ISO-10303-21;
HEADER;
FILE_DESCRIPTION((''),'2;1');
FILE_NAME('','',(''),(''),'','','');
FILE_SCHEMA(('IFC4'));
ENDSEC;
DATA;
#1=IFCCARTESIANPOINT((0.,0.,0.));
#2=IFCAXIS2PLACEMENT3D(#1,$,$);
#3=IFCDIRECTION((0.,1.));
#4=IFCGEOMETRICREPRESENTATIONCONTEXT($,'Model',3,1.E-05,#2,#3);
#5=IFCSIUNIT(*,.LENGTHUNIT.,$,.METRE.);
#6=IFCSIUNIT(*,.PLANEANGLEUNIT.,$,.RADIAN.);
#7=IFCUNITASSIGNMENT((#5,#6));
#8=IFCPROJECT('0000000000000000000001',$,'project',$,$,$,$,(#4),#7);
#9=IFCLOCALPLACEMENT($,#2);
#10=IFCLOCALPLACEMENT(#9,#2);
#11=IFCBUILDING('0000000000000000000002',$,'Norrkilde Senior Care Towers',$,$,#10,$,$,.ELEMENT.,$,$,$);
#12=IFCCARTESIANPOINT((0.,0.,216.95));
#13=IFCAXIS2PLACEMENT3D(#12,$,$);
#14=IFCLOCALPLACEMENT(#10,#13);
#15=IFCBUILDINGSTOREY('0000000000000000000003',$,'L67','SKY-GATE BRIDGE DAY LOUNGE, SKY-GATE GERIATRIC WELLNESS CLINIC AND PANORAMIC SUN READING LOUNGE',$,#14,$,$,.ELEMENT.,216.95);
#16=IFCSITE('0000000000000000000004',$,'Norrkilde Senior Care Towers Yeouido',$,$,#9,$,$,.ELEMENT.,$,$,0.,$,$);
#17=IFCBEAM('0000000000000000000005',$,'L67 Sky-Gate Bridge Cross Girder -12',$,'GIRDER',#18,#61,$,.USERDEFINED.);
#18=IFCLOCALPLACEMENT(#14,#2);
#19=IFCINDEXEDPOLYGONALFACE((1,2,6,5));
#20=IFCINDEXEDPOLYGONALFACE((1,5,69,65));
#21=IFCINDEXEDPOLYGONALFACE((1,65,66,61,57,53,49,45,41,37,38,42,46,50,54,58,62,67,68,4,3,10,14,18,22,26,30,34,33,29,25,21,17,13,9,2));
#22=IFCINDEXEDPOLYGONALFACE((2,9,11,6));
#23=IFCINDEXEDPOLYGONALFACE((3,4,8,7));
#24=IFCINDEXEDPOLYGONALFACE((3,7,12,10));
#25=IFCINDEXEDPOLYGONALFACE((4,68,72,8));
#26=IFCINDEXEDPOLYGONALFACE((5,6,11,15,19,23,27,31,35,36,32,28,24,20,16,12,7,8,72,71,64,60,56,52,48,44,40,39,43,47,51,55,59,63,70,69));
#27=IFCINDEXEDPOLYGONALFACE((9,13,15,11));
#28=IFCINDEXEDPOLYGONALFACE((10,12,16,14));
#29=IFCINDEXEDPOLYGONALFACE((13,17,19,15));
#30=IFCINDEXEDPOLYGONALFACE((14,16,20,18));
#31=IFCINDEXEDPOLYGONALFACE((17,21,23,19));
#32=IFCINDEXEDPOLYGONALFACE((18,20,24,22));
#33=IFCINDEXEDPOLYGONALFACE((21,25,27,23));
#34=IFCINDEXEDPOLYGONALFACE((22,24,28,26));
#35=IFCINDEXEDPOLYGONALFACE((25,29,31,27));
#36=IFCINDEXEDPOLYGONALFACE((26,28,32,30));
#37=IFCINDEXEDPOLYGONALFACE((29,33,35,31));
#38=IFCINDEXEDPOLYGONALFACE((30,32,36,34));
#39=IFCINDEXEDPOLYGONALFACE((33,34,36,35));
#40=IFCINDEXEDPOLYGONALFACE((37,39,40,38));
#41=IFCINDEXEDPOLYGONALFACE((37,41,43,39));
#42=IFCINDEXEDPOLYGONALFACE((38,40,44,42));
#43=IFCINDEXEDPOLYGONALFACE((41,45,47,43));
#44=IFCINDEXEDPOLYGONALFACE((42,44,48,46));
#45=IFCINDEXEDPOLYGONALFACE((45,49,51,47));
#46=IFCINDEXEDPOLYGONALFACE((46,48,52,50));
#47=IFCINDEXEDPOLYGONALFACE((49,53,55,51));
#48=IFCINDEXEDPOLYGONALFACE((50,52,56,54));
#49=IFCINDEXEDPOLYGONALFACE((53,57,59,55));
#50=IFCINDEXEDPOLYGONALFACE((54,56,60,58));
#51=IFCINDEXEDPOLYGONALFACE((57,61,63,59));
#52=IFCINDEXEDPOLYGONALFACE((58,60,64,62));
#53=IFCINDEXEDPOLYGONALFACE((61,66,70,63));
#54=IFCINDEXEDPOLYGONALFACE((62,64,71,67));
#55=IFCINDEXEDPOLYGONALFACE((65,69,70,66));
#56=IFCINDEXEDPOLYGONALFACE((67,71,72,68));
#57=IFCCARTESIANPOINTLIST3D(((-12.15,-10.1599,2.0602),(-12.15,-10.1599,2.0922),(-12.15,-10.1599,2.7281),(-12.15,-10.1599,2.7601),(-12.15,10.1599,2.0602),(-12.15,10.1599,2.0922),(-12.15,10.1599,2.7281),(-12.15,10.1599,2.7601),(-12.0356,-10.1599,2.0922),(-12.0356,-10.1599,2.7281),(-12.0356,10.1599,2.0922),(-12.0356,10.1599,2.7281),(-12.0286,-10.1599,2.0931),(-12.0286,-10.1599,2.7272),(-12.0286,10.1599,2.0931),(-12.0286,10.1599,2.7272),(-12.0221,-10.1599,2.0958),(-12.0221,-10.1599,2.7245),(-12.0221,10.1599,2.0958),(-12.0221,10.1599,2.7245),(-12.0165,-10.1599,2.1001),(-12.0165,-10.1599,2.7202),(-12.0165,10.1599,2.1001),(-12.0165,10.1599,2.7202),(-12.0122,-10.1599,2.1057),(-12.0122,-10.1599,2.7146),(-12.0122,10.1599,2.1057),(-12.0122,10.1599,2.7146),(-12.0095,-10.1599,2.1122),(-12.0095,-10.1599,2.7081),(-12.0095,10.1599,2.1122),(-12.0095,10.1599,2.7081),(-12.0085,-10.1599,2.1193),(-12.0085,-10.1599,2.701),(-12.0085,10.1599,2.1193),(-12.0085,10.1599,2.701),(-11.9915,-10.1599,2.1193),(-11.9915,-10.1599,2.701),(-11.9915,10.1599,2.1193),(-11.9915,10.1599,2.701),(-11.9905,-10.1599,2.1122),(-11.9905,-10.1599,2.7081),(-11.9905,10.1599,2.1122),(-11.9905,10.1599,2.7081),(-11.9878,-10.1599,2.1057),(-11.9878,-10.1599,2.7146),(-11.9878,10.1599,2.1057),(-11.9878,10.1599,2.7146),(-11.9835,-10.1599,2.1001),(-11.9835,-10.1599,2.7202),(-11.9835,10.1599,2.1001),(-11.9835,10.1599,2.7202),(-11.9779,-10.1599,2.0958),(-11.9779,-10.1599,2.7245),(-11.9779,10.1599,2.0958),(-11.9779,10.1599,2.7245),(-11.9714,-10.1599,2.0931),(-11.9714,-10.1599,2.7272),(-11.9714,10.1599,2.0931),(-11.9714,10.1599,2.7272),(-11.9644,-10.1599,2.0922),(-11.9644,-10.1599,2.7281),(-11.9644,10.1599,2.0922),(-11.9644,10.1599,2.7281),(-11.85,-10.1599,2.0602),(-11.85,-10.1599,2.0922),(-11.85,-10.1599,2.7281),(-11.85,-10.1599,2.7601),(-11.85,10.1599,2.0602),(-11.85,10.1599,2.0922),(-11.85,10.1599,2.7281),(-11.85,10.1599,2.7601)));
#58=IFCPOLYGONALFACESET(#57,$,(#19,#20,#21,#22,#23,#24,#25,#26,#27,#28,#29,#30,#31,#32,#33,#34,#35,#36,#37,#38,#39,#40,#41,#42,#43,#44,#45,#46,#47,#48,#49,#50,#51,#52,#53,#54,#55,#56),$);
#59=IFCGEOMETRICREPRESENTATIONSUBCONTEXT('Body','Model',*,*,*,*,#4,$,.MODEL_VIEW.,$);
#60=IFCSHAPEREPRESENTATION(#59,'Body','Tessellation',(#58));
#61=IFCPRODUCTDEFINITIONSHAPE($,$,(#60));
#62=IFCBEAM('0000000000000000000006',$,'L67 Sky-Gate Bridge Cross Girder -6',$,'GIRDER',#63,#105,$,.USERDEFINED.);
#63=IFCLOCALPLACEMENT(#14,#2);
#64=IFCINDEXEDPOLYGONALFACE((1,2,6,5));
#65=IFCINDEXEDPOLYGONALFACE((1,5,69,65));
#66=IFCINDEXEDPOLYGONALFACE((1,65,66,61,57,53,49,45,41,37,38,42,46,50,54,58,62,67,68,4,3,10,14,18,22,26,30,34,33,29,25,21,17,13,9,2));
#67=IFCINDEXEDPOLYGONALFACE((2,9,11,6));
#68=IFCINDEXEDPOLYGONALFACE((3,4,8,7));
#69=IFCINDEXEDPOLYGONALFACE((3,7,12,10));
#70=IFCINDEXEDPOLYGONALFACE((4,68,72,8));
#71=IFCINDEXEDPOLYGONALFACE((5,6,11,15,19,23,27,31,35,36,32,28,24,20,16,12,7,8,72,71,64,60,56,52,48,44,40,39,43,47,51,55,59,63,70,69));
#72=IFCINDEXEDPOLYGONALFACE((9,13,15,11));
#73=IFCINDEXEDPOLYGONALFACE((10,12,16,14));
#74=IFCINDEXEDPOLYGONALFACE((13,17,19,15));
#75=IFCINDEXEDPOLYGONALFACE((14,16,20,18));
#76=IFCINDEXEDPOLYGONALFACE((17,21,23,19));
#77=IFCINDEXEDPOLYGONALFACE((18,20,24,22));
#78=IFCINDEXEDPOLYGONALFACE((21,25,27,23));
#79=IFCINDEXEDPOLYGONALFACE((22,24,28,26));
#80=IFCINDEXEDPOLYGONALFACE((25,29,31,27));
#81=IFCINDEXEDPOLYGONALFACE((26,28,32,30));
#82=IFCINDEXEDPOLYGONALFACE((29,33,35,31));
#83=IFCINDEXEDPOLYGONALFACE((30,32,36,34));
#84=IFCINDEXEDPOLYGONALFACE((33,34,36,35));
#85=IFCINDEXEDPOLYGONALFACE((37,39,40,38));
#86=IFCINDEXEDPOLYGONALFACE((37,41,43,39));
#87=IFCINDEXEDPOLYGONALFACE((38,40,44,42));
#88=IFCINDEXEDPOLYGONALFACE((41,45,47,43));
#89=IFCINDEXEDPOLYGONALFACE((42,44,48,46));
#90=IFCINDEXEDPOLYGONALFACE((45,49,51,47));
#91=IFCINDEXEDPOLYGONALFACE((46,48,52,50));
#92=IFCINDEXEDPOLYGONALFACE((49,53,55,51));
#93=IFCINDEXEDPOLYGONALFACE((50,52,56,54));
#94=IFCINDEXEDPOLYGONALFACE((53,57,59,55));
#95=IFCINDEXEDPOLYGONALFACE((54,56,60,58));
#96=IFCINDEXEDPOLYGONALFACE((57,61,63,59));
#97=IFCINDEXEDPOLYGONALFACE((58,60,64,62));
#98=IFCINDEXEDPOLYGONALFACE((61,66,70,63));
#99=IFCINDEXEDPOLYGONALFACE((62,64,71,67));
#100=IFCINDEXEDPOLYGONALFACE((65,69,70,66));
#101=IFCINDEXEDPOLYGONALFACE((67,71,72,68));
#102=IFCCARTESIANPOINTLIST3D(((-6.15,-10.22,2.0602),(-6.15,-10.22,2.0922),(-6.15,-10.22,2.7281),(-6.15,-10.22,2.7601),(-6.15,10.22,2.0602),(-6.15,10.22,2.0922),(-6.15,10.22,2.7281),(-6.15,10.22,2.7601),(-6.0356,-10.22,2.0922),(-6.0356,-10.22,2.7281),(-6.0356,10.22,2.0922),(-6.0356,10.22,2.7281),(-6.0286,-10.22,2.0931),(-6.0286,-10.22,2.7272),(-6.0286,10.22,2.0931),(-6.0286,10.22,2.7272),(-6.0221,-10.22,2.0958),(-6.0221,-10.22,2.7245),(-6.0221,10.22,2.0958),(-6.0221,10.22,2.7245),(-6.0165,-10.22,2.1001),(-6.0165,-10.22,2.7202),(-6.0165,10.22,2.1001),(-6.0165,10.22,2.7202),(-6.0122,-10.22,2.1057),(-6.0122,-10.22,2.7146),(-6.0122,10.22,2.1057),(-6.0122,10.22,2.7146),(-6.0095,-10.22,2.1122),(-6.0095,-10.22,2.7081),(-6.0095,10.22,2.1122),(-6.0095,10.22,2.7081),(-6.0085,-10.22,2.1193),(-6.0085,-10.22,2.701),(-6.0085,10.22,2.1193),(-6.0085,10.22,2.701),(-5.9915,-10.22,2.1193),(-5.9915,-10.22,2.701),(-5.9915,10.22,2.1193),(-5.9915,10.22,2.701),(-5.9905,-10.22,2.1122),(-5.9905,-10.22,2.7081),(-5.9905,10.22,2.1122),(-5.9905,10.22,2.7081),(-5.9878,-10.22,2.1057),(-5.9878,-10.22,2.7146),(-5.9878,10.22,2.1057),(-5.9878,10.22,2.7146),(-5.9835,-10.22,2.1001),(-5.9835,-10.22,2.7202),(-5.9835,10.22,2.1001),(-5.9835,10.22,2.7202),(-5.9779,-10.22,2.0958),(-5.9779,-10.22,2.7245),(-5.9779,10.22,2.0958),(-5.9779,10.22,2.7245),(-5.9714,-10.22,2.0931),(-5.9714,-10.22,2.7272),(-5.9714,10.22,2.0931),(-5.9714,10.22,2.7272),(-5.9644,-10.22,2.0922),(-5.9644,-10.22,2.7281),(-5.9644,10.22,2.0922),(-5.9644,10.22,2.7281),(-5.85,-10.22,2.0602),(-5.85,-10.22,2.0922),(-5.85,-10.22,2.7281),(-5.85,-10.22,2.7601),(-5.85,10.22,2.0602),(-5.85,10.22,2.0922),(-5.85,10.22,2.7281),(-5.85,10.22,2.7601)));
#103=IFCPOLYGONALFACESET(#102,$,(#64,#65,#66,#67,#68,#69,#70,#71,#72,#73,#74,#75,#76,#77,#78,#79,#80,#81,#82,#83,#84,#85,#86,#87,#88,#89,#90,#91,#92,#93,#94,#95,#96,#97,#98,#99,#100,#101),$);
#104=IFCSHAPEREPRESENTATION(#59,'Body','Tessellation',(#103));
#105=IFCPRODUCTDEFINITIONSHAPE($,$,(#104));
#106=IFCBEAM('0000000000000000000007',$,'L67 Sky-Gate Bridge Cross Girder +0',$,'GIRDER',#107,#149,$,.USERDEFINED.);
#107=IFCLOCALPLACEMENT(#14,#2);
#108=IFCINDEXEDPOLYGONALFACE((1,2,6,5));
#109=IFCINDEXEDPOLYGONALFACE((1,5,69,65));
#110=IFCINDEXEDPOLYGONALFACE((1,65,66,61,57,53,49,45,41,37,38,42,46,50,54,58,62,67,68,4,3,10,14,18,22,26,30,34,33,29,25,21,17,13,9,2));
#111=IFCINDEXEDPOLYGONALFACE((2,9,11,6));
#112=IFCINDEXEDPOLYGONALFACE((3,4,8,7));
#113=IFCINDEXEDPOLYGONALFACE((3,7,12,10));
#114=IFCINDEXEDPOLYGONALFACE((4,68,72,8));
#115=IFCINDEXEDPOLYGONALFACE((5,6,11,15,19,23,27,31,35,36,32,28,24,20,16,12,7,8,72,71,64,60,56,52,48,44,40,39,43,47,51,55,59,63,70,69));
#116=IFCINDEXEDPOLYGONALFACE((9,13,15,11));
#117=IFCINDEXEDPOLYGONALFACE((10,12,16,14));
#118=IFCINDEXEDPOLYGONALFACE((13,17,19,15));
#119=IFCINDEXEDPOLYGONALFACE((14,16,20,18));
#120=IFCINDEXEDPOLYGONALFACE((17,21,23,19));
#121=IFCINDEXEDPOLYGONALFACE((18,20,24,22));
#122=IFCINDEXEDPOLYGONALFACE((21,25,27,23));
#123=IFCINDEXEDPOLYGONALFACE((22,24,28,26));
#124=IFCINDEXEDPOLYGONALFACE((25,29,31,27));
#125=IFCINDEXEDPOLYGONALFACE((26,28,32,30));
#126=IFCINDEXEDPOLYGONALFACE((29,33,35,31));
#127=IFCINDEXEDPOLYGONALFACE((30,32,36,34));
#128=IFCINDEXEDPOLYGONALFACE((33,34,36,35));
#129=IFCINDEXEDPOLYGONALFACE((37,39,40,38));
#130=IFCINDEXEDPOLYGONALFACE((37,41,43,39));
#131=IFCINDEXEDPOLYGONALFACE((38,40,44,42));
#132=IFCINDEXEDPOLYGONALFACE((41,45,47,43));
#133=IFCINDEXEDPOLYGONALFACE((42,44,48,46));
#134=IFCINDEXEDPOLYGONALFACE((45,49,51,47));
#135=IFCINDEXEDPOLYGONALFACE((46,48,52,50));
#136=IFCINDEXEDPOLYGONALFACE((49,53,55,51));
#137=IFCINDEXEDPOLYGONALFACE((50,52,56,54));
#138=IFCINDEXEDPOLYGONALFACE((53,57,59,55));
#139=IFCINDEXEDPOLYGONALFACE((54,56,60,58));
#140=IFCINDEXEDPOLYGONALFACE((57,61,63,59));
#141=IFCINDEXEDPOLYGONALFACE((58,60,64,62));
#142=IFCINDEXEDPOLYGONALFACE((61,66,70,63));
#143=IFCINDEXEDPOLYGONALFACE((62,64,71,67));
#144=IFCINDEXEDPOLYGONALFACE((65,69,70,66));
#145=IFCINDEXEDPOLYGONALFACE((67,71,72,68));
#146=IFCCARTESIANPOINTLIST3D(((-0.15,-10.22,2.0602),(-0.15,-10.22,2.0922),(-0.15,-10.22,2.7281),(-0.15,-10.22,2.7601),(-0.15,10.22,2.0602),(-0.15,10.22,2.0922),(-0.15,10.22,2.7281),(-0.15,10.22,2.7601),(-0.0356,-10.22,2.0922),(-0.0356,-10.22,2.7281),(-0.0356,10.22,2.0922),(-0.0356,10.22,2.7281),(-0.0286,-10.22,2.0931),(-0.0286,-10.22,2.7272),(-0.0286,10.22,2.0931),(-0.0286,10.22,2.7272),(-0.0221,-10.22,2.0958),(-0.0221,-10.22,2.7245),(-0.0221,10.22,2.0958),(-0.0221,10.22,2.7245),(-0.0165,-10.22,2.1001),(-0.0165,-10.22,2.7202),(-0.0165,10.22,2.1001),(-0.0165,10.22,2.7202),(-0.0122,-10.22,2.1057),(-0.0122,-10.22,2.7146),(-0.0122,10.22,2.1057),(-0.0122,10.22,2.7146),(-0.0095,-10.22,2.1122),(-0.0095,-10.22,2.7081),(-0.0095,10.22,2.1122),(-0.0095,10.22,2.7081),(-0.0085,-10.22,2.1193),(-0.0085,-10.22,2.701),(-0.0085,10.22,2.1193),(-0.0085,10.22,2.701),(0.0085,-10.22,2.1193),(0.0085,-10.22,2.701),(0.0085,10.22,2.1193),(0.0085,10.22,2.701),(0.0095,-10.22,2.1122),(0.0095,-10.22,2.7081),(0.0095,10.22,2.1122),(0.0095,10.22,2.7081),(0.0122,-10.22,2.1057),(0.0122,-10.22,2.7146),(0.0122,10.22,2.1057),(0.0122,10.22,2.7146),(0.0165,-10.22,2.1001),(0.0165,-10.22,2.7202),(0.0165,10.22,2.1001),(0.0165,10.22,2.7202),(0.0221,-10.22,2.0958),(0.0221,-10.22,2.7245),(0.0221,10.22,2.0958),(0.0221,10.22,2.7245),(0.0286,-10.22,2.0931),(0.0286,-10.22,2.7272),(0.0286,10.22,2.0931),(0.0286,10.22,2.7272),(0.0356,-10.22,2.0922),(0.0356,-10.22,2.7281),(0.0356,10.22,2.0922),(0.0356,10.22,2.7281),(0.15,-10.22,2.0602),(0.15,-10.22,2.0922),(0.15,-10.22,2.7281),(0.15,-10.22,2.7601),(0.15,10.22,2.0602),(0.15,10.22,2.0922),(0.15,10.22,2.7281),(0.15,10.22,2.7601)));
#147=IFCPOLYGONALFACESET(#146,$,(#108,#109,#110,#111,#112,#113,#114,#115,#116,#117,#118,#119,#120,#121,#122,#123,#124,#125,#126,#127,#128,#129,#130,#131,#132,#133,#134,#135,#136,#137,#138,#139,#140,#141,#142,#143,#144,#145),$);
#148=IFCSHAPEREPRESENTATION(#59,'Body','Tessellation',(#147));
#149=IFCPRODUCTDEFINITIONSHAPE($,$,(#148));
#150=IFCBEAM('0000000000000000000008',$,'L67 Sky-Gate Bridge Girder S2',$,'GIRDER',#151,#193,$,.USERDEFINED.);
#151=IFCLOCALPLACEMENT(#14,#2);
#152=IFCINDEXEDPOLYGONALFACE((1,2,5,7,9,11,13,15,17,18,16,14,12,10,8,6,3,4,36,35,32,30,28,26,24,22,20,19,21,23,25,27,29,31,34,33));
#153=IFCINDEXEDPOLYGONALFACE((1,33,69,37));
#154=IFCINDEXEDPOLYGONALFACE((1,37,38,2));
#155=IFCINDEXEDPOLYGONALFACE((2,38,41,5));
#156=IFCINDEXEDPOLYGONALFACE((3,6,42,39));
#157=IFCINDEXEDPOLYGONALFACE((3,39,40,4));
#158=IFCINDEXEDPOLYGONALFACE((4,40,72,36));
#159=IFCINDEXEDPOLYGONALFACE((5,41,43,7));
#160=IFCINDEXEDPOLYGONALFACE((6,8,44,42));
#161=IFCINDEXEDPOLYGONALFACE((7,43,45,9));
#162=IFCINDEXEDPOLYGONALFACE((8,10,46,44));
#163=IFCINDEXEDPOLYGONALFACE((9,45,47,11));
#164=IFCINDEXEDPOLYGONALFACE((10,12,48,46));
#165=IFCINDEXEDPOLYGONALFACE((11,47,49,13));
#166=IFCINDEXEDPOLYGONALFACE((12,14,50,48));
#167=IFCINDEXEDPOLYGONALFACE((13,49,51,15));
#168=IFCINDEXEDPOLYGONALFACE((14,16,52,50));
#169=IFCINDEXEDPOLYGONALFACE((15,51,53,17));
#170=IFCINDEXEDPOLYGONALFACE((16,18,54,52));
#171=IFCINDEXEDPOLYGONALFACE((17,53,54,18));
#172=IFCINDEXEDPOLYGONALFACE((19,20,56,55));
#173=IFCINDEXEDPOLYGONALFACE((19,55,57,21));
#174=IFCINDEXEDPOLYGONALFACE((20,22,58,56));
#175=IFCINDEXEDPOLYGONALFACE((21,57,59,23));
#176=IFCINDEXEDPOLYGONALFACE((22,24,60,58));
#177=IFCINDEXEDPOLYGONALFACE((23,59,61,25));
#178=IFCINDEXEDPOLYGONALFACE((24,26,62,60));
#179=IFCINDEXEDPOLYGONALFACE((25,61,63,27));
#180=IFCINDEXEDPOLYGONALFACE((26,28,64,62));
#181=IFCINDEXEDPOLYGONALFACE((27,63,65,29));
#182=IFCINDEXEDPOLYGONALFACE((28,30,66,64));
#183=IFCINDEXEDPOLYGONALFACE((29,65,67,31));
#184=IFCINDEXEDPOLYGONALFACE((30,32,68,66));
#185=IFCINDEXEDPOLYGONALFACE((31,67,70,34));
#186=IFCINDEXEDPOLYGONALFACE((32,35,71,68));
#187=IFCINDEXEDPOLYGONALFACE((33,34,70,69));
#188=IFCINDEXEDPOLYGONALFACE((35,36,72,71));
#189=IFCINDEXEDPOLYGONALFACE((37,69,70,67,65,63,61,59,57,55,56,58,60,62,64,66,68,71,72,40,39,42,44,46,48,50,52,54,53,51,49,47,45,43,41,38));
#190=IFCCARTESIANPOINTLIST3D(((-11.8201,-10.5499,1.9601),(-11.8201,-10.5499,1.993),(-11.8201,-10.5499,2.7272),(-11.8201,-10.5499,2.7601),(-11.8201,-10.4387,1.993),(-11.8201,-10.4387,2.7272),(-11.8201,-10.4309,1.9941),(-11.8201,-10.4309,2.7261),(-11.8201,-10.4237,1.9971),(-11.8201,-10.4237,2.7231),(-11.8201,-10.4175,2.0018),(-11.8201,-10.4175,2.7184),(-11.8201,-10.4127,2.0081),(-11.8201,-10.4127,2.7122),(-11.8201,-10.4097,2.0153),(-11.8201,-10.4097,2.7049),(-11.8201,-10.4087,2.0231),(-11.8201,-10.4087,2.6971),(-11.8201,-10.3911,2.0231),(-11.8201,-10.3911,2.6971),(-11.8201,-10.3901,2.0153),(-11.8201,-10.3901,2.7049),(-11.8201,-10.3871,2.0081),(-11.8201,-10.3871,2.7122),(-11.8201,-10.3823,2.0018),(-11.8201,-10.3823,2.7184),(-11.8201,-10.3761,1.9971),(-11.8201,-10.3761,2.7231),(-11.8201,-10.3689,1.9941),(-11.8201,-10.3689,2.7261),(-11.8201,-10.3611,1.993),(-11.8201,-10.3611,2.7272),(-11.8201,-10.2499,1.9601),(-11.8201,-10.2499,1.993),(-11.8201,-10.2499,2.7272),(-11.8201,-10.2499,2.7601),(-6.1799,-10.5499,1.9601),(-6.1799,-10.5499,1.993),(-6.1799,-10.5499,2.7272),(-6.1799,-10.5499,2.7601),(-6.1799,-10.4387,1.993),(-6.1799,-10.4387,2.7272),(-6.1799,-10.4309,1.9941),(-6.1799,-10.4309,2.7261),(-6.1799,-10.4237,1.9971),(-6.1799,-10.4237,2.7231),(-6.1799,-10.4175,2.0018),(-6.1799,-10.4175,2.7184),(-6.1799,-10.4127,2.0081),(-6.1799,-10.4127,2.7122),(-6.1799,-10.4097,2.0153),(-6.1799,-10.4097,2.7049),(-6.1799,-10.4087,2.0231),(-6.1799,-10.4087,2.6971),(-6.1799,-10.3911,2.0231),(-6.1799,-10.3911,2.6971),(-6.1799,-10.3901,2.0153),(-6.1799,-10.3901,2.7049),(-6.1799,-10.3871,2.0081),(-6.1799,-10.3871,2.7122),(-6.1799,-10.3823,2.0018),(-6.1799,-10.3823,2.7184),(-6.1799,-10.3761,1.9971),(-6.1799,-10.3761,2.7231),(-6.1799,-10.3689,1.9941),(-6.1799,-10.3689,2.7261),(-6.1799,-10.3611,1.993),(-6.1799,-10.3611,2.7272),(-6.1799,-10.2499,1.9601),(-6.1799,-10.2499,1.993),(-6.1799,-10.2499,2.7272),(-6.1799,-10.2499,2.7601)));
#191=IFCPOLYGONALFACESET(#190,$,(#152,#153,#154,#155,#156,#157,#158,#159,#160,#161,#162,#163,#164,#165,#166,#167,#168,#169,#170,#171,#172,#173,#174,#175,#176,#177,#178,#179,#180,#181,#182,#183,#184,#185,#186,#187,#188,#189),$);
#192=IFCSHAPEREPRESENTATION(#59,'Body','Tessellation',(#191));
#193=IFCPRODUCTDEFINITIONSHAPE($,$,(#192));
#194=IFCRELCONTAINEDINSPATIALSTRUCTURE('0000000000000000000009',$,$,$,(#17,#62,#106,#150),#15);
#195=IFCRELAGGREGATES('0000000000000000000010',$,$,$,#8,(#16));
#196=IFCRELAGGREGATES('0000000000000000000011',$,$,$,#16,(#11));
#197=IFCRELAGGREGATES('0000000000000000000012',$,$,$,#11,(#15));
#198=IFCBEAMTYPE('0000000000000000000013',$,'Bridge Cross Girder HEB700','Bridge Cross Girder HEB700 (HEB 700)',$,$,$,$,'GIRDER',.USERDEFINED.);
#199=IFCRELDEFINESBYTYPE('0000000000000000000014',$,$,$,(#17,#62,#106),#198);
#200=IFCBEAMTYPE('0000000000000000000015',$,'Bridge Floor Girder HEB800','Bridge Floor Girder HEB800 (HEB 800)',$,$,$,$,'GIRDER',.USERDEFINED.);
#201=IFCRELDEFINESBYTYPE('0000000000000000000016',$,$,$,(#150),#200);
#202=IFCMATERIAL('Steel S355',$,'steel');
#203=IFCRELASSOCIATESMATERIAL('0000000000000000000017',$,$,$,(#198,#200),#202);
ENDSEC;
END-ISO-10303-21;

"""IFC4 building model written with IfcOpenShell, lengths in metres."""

from ifc_helpers import new_model, si_unit, direction, frame, origin, origin_2d, place, context, subcontext, project, spatial, i_section, extrude, source, transform, mapped, material, material_profile, profile_set, type_object, type_shapes, element, save


model = new_model("IFC4")

# Units and contexts
model_context = context("Model", 3, precision=1e-05, world=origin(), true_north=direction((0.0, 1.0)))
body_context = subcontext(model_context, "Body", "Model", "MODEL_VIEW")
ifc_project = project(units=[si_unit("LENGTHUNIT", "METRE"), si_unit("PLANEANGLEUNIT", "RADIAN")], contexts=[model_context])

# Site, building, storey
site_placement = place(None, origin())
site = spatial("IfcSite", under=ifc_project, at=site_placement, Name="Norrkilde Senior Care Towers Yeouido", CompositionType="ELEMENT", RefElevation=0.0)
building_placement = place(site_placement, origin())
building = spatial("IfcBuilding", under=site, at=building_placement, Name="Norrkilde Senior Care Towers", CompositionType="ELEMENT")
storey_placement = place(building_placement, frame((0.0, 0.0, 216.95)))
storey = spatial("IfcBuildingStorey", under=building, at=storey_placement, Name="L67", Description="SKY-GATE BRIDGE DAY LOUNGE, SKY-GATE GERIATRIC WELLNESS CLINIC AND PANORAMIC SUN READING LOUNGE", CompositionType="ELEMENT", Elevation=216.95)

# Shared definitions
ifc_material_1 = material(Name="Steel S355", Category="steel")

# Beams
ifc_material_profile_1 = material_profile(ifc_material_1, i_section(OverallWidth=0.3, OverallDepth=0.7, WebThickness=0.0171, FlangeThickness=0.032, FilletRadius=0.0271, at=origin_2d()), Name="HEB 700")
ifc_profile_set_1 = profile_set([ifc_material_profile_1], Name="Steel S355")
beam_type_1 = type_object("IfcBeamType", Name="Bridge Cross Girder HEB700", Description="Bridge Cross Girder HEB700 (HEB 700)", ElementType="GIRDER", PredefinedType="USERDEFINED", material=ifc_profile_set_1)
shared_shape_1 = source(origin(), body_context, "Body", "SweptSolid", [
    extrude(i_section(OverallWidth=0.3, OverallDepth=0.7, WebThickness=0.0171, FlangeThickness=0.032, FilletRadius=0.0271, at=origin_2d()), origin(), (0.0, 0.0, 1.0), 20.3198),
])
beam_1_placement = place(storey_placement, frame((-12.0, -10.1599, 2.4102), z_axis=(0.0, 1.0, 0.0), x_axis=(-1.0, 0.0, 0.0)))
element("IfcBeam", 1, at=beam_1_placement, inside=storey, type_object=beam_type_1, Name="L67 Sky-Gate Bridge Cross Girder -12", ObjectType="GIRDER", PredefinedType="USERDEFINED", context=body_context, shape_type="MappedRepresentation", body=[
    mapped(shared_shape_1, transform((0.0, 0.0, 0.0), x_axis=(1.0, 0.0, 0.0), y_axis=(0.0, 1.0, 0.0), z_axis=(0.0, 0.0, 1.0), scale=1.0)),
])
shared_shape_2 = source(origin(), body_context, "Body", "SweptSolid", [
    extrude(i_section(OverallWidth=0.3, OverallDepth=0.7, WebThickness=0.0171, FlangeThickness=0.032, FilletRadius=0.0271, at=origin_2d()), origin(), (0.0, 0.0, 1.0), 20.4399),
])
type_shapes(beam_type_1, [shared_shape_1, shared_shape_2])
for number, where, z_axis, x_axis, name in (
    (2, (-6.0, -10.22, 2.4102), (0.0, 1.0, 0.0), (-1.0, 0.0, 0.0), "L67 Sky-Gate Bridge Cross Girder -6"),
    (3, (0.0, -10.22, 2.4102), (0.0, 1.0, 0.0), (-1.0, 0.0, 0.0), "L67 Sky-Gate Bridge Cross Girder +0"),
):
    element("IfcBeam", number, at=place(storey_placement, frame(where, z_axis=z_axis, x_axis=x_axis)), inside=storey, type_object=beam_type_1, Name=name, ObjectType="GIRDER", PredefinedType="USERDEFINED", context=body_context, shape_type="MappedRepresentation", body=[
        mapped(shared_shape_2, transform((0.0, 0.0, 0.0), x_axis=(1.0, 0.0, 0.0), y_axis=(0.0, 1.0, 0.0), z_axis=(0.0, 0.0, 1.0), scale=1.0)),
    ])
ifc_material_profile_2 = material_profile(ifc_material_1, i_section(OverallWidth=0.3, OverallDepth=0.8, WebThickness=0.0176, FlangeThickness=0.033, FilletRadius=0.03, at=origin_2d()), Name="HEB 800")
ifc_profile_set_2 = profile_set([ifc_material_profile_2], Name="Steel S355")
beam_type_2 = type_object("IfcBeamType", Name="Bridge Floor Girder HEB800", Description="Bridge Floor Girder HEB800 (HEB 800)", ElementType="GIRDER", PredefinedType="USERDEFINED", material=ifc_profile_set_2)
shared_shape_3 = source(origin(), body_context, "Body", "SweptSolid", [
    extrude(i_section(OverallWidth=0.3, OverallDepth=0.8, WebThickness=0.0176, FlangeThickness=0.033, FilletRadius=0.03, at=origin_2d()), origin(), (0.0, 0.0, 1.0), 5.6401),
])
type_shapes(beam_type_2, [shared_shape_3])
for number, where, z_axis, x_axis, name in (
    (4, (-11.8201, -10.3999, 2.3601), (1.0, 0.0, 0.0), (0.0, 1.0, 0.0), "L67 Sky-Gate Bridge Girder S2"),
):
    element("IfcBeam", number, at=place(storey_placement, frame(where, z_axis=z_axis, x_axis=x_axis)), inside=storey, type_object=beam_type_2, Name=name, ObjectType="GIRDER", PredefinedType="USERDEFINED", context=body_context, shape_type="MappedRepresentation", body=[
        mapped(shared_shape_3, transform((0.0, 0.0, 0.0), x_axis=(1.0, 0.0, 0.0), y_axis=(0.0, 1.0, 0.0), z_axis=(0.0, 0.0, 1.0), scale=1.0)),
    ])

save(model, "model.ifc")
